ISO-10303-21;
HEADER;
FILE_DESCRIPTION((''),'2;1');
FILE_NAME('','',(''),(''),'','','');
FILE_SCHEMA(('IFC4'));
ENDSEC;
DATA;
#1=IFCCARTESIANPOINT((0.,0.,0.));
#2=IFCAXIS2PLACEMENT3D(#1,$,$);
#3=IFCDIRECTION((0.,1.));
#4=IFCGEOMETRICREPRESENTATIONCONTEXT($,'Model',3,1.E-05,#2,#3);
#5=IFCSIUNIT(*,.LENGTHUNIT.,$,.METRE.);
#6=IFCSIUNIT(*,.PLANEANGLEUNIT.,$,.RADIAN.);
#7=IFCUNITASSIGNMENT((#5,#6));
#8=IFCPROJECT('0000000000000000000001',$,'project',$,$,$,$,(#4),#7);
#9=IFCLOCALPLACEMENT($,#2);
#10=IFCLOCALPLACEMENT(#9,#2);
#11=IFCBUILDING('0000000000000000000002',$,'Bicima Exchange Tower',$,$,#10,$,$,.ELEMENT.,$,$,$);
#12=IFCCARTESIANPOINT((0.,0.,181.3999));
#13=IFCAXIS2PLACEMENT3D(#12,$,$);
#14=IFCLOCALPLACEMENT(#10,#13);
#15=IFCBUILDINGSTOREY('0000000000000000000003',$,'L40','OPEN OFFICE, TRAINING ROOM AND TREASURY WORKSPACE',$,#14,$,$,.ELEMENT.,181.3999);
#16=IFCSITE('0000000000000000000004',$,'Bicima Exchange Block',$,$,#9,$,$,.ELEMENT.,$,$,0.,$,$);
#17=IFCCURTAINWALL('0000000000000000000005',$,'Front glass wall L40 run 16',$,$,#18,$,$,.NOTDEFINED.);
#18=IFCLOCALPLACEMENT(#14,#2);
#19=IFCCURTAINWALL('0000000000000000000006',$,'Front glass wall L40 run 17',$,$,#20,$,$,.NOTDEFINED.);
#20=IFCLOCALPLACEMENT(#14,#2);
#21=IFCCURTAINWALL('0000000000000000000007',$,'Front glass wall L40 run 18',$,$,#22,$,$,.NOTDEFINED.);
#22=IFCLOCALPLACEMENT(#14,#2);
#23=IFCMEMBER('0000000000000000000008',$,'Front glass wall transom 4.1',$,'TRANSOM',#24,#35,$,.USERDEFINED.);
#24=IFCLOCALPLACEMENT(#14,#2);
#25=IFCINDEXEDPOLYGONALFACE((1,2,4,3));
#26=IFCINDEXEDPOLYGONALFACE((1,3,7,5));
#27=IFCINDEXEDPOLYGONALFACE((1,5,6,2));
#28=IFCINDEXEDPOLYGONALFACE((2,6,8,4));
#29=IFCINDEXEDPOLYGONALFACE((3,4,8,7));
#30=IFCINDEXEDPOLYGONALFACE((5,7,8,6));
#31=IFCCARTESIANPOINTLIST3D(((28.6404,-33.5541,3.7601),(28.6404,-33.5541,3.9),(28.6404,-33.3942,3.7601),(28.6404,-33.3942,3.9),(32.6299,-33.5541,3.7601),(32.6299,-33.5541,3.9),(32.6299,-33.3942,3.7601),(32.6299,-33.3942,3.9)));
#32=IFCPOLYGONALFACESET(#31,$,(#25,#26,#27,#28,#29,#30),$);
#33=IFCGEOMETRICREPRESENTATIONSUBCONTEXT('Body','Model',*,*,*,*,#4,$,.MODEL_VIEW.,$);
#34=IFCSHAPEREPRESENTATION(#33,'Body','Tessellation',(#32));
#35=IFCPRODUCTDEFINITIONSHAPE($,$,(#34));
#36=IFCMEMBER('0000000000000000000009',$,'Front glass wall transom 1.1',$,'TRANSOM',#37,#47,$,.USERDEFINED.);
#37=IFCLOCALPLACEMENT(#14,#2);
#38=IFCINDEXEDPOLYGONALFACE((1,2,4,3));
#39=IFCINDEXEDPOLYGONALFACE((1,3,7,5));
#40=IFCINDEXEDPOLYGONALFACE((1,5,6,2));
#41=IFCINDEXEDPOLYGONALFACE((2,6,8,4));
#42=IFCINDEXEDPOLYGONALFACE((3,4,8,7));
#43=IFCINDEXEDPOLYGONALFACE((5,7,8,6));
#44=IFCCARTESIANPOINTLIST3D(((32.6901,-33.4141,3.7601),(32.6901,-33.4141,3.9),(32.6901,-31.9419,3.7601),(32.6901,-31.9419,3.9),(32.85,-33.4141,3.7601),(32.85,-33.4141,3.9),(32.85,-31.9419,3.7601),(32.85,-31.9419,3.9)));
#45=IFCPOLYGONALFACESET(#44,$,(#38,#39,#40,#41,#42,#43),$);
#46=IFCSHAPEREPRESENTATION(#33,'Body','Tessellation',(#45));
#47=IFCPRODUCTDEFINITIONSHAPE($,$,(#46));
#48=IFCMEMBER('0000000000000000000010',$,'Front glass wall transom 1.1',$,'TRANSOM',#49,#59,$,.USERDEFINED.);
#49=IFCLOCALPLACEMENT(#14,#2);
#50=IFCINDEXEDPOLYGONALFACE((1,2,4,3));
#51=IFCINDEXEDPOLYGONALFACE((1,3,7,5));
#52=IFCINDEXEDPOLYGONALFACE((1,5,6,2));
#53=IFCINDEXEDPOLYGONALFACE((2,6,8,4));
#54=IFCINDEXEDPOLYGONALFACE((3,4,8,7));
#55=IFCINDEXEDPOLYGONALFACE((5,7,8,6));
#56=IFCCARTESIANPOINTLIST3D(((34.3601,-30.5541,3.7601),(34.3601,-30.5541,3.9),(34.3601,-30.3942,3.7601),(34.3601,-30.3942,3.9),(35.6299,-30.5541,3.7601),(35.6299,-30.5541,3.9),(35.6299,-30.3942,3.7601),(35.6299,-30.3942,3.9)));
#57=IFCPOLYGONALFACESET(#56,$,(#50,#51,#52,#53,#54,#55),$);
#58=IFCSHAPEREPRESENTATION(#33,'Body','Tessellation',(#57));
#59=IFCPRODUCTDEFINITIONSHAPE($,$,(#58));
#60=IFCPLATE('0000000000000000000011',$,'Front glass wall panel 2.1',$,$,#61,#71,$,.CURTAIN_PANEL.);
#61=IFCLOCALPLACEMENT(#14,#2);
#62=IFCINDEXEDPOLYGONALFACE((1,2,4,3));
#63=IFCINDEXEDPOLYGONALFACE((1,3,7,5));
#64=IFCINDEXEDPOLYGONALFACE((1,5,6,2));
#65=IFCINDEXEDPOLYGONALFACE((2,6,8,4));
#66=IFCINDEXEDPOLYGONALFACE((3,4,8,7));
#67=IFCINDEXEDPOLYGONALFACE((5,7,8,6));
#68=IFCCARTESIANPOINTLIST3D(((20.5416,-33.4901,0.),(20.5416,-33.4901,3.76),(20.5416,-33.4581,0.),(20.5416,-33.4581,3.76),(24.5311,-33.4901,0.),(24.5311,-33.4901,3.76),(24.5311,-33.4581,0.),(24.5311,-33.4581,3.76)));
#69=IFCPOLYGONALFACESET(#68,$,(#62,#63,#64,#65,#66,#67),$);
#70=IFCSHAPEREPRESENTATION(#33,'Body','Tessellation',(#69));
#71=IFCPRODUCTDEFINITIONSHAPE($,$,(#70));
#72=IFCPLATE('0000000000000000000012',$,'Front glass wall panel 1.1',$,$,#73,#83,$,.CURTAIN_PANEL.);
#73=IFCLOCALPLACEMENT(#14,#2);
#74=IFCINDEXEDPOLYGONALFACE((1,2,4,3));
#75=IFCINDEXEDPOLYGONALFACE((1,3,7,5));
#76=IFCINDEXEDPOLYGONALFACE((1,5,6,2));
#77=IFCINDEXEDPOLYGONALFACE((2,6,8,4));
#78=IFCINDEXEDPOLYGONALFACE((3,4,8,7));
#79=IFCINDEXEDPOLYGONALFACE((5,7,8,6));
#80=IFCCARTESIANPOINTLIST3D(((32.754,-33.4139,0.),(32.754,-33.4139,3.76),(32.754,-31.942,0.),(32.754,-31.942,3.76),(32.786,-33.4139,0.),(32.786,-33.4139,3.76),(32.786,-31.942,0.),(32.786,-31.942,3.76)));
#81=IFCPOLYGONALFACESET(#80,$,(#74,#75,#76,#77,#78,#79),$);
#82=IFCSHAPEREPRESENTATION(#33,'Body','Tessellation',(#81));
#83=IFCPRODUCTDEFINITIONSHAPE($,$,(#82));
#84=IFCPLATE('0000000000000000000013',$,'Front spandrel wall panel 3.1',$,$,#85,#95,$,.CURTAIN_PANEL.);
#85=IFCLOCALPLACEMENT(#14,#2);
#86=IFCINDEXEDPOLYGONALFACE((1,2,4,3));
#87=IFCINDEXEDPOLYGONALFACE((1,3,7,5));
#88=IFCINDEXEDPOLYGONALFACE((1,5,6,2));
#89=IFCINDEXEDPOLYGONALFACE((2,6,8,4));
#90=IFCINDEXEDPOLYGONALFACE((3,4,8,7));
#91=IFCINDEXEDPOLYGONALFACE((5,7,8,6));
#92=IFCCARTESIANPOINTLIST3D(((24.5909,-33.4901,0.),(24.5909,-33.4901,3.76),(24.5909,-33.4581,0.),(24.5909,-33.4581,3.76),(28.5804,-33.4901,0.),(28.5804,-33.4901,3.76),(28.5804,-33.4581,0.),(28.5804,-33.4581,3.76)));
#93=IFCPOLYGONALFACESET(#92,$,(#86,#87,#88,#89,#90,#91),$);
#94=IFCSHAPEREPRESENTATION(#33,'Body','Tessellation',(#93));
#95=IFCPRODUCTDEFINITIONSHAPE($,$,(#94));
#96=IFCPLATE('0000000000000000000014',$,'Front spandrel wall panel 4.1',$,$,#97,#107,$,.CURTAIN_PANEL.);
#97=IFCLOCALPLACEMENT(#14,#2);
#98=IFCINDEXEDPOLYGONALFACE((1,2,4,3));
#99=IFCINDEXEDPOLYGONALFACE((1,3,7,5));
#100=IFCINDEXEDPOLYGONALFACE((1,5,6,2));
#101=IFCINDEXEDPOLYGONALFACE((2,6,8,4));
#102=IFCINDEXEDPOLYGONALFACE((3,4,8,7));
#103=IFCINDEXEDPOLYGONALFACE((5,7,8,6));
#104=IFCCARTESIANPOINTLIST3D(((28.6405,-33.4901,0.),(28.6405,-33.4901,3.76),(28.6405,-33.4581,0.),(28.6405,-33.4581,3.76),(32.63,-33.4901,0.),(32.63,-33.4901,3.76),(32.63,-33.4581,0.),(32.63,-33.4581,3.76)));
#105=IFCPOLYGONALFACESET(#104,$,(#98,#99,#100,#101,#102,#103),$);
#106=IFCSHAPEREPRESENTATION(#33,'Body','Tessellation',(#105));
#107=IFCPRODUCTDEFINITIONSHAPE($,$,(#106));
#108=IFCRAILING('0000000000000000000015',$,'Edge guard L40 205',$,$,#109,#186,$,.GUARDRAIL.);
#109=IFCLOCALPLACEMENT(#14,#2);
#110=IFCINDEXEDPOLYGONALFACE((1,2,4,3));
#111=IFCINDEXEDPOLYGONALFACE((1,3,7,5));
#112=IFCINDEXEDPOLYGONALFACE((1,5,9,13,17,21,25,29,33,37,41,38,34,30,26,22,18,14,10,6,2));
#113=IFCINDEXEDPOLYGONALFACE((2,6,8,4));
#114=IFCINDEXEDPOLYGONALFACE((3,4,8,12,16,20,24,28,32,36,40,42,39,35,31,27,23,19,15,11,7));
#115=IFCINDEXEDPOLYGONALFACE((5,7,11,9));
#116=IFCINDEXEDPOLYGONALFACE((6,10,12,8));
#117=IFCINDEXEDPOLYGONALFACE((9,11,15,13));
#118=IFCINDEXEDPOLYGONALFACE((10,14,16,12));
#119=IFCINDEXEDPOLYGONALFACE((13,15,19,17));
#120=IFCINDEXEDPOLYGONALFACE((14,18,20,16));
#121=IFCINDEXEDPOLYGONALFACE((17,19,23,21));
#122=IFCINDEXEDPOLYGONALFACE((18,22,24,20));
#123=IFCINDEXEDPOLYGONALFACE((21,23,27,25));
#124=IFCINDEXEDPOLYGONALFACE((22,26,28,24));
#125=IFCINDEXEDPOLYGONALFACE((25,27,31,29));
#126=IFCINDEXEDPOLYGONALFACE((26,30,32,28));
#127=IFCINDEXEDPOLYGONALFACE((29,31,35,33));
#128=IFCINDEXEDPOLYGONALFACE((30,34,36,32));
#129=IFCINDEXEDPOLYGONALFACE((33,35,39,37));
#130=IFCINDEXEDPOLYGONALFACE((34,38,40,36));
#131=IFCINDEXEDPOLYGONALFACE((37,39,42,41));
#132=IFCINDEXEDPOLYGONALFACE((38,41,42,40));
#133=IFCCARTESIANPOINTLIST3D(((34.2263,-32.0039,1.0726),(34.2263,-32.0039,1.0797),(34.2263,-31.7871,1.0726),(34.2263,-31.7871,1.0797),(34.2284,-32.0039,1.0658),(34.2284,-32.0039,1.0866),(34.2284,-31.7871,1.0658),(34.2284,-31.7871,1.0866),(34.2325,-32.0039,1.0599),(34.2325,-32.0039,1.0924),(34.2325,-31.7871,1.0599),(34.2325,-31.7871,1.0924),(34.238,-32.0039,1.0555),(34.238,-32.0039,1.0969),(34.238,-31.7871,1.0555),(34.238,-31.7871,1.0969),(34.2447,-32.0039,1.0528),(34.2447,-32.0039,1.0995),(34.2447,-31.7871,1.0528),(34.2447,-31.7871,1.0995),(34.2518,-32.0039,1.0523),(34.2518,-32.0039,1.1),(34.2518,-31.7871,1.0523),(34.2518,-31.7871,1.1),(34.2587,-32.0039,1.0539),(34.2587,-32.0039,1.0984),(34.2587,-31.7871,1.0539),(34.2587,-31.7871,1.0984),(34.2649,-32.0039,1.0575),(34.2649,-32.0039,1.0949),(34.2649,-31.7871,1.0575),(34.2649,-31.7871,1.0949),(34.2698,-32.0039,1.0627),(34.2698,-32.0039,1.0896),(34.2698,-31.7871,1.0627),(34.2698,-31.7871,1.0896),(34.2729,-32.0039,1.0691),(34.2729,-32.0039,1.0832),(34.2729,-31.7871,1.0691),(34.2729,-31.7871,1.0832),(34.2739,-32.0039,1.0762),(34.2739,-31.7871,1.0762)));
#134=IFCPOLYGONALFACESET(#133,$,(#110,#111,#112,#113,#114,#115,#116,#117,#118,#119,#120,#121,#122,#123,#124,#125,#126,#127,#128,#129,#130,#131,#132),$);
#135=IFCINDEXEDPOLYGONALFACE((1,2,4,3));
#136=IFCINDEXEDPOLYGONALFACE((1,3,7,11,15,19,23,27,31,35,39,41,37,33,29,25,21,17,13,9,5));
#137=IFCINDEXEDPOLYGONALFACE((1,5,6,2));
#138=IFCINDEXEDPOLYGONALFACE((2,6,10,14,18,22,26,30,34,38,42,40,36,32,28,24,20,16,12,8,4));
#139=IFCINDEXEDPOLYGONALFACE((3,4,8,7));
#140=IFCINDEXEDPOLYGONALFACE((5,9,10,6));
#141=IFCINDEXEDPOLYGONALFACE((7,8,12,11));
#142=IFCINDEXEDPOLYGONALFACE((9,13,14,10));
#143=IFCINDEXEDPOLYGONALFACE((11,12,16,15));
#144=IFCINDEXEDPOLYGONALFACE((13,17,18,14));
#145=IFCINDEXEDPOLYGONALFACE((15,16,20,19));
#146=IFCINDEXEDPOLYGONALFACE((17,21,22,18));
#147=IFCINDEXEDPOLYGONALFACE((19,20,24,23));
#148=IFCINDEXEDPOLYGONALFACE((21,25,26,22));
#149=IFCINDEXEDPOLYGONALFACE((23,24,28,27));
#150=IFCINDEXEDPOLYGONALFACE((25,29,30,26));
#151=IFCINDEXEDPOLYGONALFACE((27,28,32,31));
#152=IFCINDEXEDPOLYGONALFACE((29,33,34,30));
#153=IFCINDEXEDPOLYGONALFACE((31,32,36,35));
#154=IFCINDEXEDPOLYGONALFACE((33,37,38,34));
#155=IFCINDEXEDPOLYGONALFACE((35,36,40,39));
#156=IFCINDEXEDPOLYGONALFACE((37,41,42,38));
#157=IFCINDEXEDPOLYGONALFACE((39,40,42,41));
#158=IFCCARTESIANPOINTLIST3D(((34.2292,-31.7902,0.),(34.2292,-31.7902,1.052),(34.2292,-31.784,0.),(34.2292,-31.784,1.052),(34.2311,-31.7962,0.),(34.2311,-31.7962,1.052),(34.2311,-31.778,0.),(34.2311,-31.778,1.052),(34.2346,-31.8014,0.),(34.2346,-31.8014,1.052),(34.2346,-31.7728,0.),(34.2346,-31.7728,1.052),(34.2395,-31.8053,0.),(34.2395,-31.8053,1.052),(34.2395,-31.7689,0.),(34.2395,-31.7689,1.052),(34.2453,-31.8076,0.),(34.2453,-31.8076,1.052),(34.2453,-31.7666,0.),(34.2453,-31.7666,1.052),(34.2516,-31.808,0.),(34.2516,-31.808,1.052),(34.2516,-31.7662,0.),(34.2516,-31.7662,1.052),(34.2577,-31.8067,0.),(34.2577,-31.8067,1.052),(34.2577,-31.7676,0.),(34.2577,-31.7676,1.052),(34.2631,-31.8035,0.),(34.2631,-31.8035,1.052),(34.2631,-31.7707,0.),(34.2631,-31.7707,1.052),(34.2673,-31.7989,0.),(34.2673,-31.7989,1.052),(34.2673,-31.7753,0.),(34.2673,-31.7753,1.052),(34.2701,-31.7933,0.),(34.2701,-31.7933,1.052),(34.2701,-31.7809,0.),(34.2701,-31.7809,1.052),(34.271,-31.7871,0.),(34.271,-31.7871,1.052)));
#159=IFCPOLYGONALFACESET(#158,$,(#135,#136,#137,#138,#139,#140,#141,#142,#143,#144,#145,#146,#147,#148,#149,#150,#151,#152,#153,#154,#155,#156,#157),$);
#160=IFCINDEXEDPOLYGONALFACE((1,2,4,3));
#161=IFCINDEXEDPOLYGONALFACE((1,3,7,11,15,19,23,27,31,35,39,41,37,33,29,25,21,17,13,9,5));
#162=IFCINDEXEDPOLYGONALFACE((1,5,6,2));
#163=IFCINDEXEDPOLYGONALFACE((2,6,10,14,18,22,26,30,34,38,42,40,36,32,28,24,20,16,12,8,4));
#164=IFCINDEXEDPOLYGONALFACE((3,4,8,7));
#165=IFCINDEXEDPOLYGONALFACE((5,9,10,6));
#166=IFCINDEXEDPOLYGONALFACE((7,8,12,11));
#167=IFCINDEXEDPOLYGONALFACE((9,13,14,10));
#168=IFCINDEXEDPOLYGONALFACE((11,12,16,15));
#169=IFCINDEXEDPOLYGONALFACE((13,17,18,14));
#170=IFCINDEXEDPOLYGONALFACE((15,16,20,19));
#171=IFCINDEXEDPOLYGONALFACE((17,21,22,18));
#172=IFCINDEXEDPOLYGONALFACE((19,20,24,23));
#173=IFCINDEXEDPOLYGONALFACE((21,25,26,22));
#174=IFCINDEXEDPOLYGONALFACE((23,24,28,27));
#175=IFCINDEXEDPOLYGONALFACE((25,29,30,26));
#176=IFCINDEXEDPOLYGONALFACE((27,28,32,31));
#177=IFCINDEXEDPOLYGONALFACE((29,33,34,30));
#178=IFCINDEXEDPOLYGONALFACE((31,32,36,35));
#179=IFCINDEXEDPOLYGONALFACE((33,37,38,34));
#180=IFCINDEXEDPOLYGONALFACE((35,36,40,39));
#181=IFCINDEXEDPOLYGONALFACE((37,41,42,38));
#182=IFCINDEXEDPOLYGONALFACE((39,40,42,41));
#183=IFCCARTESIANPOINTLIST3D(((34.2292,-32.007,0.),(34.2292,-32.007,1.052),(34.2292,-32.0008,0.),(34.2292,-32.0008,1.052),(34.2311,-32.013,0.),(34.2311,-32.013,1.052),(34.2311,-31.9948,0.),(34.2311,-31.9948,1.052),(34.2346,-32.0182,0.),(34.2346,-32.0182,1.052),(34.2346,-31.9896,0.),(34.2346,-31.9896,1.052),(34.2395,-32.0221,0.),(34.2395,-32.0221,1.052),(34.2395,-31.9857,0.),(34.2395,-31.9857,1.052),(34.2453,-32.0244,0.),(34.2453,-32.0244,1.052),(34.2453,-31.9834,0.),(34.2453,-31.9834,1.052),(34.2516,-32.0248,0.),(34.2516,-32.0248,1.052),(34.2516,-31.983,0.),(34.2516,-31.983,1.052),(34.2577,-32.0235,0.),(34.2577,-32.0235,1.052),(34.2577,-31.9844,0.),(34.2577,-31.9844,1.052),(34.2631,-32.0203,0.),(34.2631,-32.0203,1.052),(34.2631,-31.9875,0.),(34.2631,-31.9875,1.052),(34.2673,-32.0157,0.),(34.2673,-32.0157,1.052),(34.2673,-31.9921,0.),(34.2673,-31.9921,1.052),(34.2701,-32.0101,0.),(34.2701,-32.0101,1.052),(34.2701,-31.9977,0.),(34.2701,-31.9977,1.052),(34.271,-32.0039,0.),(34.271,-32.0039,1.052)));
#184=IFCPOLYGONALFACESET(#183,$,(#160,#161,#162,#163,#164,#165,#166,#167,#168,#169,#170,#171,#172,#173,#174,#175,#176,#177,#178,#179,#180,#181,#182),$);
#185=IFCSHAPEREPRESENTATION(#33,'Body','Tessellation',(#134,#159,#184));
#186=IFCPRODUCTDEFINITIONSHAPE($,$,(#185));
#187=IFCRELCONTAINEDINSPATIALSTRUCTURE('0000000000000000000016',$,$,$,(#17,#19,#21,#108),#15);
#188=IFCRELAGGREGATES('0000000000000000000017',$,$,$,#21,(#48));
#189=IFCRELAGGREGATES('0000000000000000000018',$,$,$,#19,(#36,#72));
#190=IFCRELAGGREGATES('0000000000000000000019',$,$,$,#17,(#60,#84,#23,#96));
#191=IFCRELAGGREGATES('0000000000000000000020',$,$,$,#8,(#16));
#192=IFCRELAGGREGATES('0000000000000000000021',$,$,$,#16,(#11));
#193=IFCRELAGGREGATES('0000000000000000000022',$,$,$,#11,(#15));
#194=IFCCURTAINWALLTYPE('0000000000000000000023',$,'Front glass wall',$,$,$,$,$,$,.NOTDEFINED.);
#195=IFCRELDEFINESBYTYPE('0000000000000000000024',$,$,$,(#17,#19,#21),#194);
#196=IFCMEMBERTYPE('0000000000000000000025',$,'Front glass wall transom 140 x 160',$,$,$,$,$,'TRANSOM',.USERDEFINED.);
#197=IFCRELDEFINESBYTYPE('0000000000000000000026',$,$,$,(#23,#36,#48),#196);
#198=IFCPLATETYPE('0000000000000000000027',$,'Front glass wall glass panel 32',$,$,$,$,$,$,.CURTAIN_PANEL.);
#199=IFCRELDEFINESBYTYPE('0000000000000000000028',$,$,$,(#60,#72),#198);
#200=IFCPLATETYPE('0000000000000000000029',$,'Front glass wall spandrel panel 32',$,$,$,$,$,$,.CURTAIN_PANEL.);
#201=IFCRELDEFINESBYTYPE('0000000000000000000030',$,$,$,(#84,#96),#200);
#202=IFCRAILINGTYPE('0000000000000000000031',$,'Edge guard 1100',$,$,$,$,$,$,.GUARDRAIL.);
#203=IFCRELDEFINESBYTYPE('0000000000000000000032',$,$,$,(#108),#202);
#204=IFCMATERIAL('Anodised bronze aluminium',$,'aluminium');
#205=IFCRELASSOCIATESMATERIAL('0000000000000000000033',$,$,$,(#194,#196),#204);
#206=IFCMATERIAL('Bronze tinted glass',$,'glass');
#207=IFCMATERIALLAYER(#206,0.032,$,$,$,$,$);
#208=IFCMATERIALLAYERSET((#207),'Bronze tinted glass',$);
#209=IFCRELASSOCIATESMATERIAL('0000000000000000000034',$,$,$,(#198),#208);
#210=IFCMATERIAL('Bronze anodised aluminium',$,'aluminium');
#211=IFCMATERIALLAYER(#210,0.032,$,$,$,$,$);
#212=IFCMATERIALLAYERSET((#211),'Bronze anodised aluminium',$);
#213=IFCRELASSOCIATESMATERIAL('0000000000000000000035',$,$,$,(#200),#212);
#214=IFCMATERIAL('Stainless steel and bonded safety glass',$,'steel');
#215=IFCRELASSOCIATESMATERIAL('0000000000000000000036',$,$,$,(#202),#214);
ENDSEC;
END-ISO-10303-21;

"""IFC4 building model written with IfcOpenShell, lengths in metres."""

from ifc_helpers import new_model, si_unit, direction, frame, origin, origin_2d, place, context, subcontext, project, spatial, rectangle, circle, extrude, material, layer, layer_set, material_profile, profile_set, type_object, element, aggregate, save


model = new_model("IFC4")

# Units and contexts
model_context = context("Model", 3, precision=1e-05, world=origin(), true_north=direction((0.0, 1.0)))
body_context = subcontext(model_context, "Body", "Model", "MODEL_VIEW")
ifc_project = project(units=[si_unit("LENGTHUNIT", "METRE"), si_unit("PLANEANGLEUNIT", "RADIAN")], contexts=[model_context])

# Site, building, storey
site_placement = place(None, origin())
site = spatial("IfcSite", under=ifc_project, at=site_placement, Name="Bicima Exchange Block", CompositionType="ELEMENT", RefElevation=0.0)
building_placement = place(site_placement, origin())
building = spatial("IfcBuilding", under=site, at=building_placement, Name="Bicima Exchange Tower", CompositionType="ELEMENT")
storey_placement = place(building_placement, frame((0.0, 0.0, 181.3999)))
storey = spatial("IfcBuildingStorey", under=building, at=storey_placement, Name="L40", Description="OPEN OFFICE, TRAINING ROOM AND TREASURY WORKSPACE", CompositionType="ELEMENT", Elevation=181.3999)

# Curtain walls
ifc_material_1 = material(Name="Anodised bronze aluminium", Category="aluminium")
curtain_wall_type = type_object("IfcCurtainWallType", Name="Front glass wall", PredefinedType="NOTDEFINED", material=ifc_material_1)
curtain_wall_1_placement = place(storey_placement, origin())
curtain_wall_1 = element("IfcCurtainWall", 1, at=curtain_wall_1_placement, inside=storey, type_object=curtain_wall_type, Name="Front glass wall L40 run 16", PredefinedType="NOTDEFINED")
curtain_wall_2_placement = place(storey_placement, origin())
curtain_wall_2 = element("IfcCurtainWall", 2, at=curtain_wall_2_placement, inside=storey, type_object=curtain_wall_type, Name="Front glass wall L40 run 17", PredefinedType="NOTDEFINED")

# Curtain wall
curtain_wall_3_placement = place(storey_placement, origin())
curtain_wall_3 = element("IfcCurtainWall", 3, at=curtain_wall_3_placement, inside=storey, type_object=curtain_wall_type, Name="Front glass wall L40 run 18", PredefinedType="NOTDEFINED")

# Members
ifc_material_profile_1 = material_profile(ifc_material_1, rectangle(XDim=0.1599, YDim=0.1399, at=origin_2d()))
ifc_profile_set_1 = profile_set([ifc_material_profile_1], Name="Anodised bronze aluminium")
member_type_1 = type_object("IfcMemberType", Name="Front glass wall transom 140 x 160", ElementType="TRANSOM", PredefinedType="USERDEFINED", material=ifc_profile_set_1)
member_1_placement = place(storey_placement, frame((28.6404, -33.4741, 3.8301), z_axis=(1.0, 0.0, 0.0), x_axis=(0.0, 1.0, 0.0)))
member_1 = element("IfcMember", 4, at=member_1_placement, type_object=member_type_1, Name="Front glass wall transom 4.1", ObjectType="TRANSOM", PredefinedType="USERDEFINED", context=body_context, shape_type="SweptSolid", body=[
    extrude(rectangle(XDim=0.1599, YDim=0.1399, at=origin_2d()), origin(), (0.0, 0.0, 1.0), 3.9895),
])
member_2_placement = place(storey_placement, frame((32.77, -33.4141, 3.8301), z_axis=(0.0, 1.0, 0.0), x_axis=(-1.0, 0.0, 0.0)))
member_2 = element("IfcMember", 5, at=member_2_placement, type_object=member_type_1, Name="Front glass wall transom 1.1", ObjectType="TRANSOM", PredefinedType="USERDEFINED", context=body_context, shape_type="SweptSolid", body=[
    extrude(rectangle(XDim=0.1599, YDim=0.1399, at=origin_2d()), origin(), (0.0, 0.0, 1.0), 1.4722),
])
member_3_placement = place(storey_placement, frame((34.3601, -30.4741, 3.8301), z_axis=(1.0, 0.0, 0.0), x_axis=(0.0, 1.0, 0.0)))
member_3 = element("IfcMember", 6, at=member_3_placement, type_object=member_type_1, Name="Front glass wall transom 1.1", ObjectType="TRANSOM", PredefinedType="USERDEFINED", context=body_context, shape_type="SweptSolid", body=[
    extrude(rectangle(XDim=0.1599, YDim=0.1399, at=origin_2d()), origin(), (0.0, 0.0, 1.0), 1.2698),
])
aggregate(curtain_wall_3, [member_3])

# Plates
ifc_material_2 = material(Name="Bronze tinted glass", Category="glass")
ifc_layer_1 = layer(ifc_material_2, 0.032)
ifc_layer_set_1 = layer_set([ifc_layer_1], Name="Bronze tinted glass")
plate_type_1 = type_object("IfcPlateType", Name="Front glass wall glass panel 32", PredefinedType="CURTAIN_PANEL", material=ifc_layer_set_1)
plate_1_placement = place(storey_placement, frame((22.5364, -33.4741, 0.0), z_axis=(0.0, 0.0, 1.0), x_axis=(1.0, 0.0, 0.0)))
plate_1 = element("IfcPlate", 7, at=plate_1_placement, type_object=plate_type_1, Name="Front glass wall panel 2.1", PredefinedType="CURTAIN_PANEL", context=body_context, shape_type="SweptSolid", body=[
    extrude(rectangle(XDim=3.9895, YDim=0.032, at=origin_2d()), origin(), (0.0, 0.0, 1.0), 3.76),
])
plate_2_placement = place(storey_placement, frame((32.77, -32.678, 0.0), z_axis=(0.0, 0.0, 1.0), x_axis=(0.0, 1.0, 0.0)))
plate_2 = element("IfcPlate", 8, at=plate_2_placement, type_object=plate_type_1, Name="Front glass wall panel 1.1", PredefinedType="CURTAIN_PANEL", context=body_context, shape_type="SweptSolid", body=[
    extrude(rectangle(XDim=1.4719, YDim=0.032, at=origin_2d()), origin(), (0.0, 0.0, 1.0), 3.76),
])
aggregate(curtain_wall_2, [member_2, plate_2])
ifc_material_3 = material(Name="Bronze anodised aluminium", Category="aluminium")
ifc_layer_2 = layer(ifc_material_3, 0.032)
ifc_layer_set_2 = layer_set([ifc_layer_2], Name="Bronze anodised aluminium")
plate_type_2 = type_object("IfcPlateType", Name="Front glass wall spandrel panel 32", PredefinedType="CURTAIN_PANEL", material=ifc_layer_set_2)
plate_3_placement = place(storey_placement, frame((26.5857, -33.4741, 0.0), z_axis=(0.0, 0.0, 1.0), x_axis=(1.0, 0.0, 0.0)))
plate_3 = element("IfcPlate", 9, at=plate_3_placement, type_object=plate_type_2, Name="Front spandrel wall panel 3.1", PredefinedType="CURTAIN_PANEL", context=body_context, shape_type="SweptSolid", body=[
    extrude(rectangle(XDim=3.9895, YDim=0.032, at=origin_2d()), origin(), (0.0, 0.0, 1.0), 3.76),
])
plate_4_placement = place(storey_placement, frame((30.6353, -33.4741, 0.0), z_axis=(0.0, 0.0, 1.0), x_axis=(1.0, 0.0, 0.0)))
plate_4 = element("IfcPlate", 10, at=plate_4_placement, type_object=plate_type_2, Name="Front spandrel wall panel 4.1", PredefinedType="CURTAIN_PANEL", context=body_context, shape_type="SweptSolid", body=[
    extrude(rectangle(XDim=3.9895, YDim=0.032, at=origin_2d()), origin(), (0.0, 0.0, 1.0), 3.76),
])
aggregate(curtain_wall_1, [plate_1, plate_3, member_1, plate_4])

# Railing
ifc_material_4 = material(Name="Stainless steel and bonded safety glass", Category="steel")
railing_type = type_object("IfcRailingType", Name="Edge guard 1100", PredefinedType="GUARDRAIL", material=ifc_material_4)
railing_1_placement = place(storey_placement, frame((34.25, -31.7871, 0.0)))
element("IfcRailing", 11, at=railing_1_placement, inside=storey, type_object=railing_type, Name="Edge guard L40 205", PredefinedType="GUARDRAIL", context=body_context, shape_type="SweptSolid", body=[
    extrude(circle(Radius=0.0239, at=origin_2d()), frame((0.0, 0.0, 1.0762), z_axis=(0.0, -1.0, 0.0), x_axis=(1.0, 0.0, 0.0)), (0.0, 0.0, 1.0), 0.2168),
    extrude(circle(Radius=0.021, at=origin_2d()), origin(), (0.0, 0.0, 1.0), 1.052),
    extrude(circle(Radius=0.021, at=origin_2d()), frame((0.0, -0.2168, 0.0)), (0.0, 0.0, 1.0), 1.052),
])

save(model, "model.ifc")
